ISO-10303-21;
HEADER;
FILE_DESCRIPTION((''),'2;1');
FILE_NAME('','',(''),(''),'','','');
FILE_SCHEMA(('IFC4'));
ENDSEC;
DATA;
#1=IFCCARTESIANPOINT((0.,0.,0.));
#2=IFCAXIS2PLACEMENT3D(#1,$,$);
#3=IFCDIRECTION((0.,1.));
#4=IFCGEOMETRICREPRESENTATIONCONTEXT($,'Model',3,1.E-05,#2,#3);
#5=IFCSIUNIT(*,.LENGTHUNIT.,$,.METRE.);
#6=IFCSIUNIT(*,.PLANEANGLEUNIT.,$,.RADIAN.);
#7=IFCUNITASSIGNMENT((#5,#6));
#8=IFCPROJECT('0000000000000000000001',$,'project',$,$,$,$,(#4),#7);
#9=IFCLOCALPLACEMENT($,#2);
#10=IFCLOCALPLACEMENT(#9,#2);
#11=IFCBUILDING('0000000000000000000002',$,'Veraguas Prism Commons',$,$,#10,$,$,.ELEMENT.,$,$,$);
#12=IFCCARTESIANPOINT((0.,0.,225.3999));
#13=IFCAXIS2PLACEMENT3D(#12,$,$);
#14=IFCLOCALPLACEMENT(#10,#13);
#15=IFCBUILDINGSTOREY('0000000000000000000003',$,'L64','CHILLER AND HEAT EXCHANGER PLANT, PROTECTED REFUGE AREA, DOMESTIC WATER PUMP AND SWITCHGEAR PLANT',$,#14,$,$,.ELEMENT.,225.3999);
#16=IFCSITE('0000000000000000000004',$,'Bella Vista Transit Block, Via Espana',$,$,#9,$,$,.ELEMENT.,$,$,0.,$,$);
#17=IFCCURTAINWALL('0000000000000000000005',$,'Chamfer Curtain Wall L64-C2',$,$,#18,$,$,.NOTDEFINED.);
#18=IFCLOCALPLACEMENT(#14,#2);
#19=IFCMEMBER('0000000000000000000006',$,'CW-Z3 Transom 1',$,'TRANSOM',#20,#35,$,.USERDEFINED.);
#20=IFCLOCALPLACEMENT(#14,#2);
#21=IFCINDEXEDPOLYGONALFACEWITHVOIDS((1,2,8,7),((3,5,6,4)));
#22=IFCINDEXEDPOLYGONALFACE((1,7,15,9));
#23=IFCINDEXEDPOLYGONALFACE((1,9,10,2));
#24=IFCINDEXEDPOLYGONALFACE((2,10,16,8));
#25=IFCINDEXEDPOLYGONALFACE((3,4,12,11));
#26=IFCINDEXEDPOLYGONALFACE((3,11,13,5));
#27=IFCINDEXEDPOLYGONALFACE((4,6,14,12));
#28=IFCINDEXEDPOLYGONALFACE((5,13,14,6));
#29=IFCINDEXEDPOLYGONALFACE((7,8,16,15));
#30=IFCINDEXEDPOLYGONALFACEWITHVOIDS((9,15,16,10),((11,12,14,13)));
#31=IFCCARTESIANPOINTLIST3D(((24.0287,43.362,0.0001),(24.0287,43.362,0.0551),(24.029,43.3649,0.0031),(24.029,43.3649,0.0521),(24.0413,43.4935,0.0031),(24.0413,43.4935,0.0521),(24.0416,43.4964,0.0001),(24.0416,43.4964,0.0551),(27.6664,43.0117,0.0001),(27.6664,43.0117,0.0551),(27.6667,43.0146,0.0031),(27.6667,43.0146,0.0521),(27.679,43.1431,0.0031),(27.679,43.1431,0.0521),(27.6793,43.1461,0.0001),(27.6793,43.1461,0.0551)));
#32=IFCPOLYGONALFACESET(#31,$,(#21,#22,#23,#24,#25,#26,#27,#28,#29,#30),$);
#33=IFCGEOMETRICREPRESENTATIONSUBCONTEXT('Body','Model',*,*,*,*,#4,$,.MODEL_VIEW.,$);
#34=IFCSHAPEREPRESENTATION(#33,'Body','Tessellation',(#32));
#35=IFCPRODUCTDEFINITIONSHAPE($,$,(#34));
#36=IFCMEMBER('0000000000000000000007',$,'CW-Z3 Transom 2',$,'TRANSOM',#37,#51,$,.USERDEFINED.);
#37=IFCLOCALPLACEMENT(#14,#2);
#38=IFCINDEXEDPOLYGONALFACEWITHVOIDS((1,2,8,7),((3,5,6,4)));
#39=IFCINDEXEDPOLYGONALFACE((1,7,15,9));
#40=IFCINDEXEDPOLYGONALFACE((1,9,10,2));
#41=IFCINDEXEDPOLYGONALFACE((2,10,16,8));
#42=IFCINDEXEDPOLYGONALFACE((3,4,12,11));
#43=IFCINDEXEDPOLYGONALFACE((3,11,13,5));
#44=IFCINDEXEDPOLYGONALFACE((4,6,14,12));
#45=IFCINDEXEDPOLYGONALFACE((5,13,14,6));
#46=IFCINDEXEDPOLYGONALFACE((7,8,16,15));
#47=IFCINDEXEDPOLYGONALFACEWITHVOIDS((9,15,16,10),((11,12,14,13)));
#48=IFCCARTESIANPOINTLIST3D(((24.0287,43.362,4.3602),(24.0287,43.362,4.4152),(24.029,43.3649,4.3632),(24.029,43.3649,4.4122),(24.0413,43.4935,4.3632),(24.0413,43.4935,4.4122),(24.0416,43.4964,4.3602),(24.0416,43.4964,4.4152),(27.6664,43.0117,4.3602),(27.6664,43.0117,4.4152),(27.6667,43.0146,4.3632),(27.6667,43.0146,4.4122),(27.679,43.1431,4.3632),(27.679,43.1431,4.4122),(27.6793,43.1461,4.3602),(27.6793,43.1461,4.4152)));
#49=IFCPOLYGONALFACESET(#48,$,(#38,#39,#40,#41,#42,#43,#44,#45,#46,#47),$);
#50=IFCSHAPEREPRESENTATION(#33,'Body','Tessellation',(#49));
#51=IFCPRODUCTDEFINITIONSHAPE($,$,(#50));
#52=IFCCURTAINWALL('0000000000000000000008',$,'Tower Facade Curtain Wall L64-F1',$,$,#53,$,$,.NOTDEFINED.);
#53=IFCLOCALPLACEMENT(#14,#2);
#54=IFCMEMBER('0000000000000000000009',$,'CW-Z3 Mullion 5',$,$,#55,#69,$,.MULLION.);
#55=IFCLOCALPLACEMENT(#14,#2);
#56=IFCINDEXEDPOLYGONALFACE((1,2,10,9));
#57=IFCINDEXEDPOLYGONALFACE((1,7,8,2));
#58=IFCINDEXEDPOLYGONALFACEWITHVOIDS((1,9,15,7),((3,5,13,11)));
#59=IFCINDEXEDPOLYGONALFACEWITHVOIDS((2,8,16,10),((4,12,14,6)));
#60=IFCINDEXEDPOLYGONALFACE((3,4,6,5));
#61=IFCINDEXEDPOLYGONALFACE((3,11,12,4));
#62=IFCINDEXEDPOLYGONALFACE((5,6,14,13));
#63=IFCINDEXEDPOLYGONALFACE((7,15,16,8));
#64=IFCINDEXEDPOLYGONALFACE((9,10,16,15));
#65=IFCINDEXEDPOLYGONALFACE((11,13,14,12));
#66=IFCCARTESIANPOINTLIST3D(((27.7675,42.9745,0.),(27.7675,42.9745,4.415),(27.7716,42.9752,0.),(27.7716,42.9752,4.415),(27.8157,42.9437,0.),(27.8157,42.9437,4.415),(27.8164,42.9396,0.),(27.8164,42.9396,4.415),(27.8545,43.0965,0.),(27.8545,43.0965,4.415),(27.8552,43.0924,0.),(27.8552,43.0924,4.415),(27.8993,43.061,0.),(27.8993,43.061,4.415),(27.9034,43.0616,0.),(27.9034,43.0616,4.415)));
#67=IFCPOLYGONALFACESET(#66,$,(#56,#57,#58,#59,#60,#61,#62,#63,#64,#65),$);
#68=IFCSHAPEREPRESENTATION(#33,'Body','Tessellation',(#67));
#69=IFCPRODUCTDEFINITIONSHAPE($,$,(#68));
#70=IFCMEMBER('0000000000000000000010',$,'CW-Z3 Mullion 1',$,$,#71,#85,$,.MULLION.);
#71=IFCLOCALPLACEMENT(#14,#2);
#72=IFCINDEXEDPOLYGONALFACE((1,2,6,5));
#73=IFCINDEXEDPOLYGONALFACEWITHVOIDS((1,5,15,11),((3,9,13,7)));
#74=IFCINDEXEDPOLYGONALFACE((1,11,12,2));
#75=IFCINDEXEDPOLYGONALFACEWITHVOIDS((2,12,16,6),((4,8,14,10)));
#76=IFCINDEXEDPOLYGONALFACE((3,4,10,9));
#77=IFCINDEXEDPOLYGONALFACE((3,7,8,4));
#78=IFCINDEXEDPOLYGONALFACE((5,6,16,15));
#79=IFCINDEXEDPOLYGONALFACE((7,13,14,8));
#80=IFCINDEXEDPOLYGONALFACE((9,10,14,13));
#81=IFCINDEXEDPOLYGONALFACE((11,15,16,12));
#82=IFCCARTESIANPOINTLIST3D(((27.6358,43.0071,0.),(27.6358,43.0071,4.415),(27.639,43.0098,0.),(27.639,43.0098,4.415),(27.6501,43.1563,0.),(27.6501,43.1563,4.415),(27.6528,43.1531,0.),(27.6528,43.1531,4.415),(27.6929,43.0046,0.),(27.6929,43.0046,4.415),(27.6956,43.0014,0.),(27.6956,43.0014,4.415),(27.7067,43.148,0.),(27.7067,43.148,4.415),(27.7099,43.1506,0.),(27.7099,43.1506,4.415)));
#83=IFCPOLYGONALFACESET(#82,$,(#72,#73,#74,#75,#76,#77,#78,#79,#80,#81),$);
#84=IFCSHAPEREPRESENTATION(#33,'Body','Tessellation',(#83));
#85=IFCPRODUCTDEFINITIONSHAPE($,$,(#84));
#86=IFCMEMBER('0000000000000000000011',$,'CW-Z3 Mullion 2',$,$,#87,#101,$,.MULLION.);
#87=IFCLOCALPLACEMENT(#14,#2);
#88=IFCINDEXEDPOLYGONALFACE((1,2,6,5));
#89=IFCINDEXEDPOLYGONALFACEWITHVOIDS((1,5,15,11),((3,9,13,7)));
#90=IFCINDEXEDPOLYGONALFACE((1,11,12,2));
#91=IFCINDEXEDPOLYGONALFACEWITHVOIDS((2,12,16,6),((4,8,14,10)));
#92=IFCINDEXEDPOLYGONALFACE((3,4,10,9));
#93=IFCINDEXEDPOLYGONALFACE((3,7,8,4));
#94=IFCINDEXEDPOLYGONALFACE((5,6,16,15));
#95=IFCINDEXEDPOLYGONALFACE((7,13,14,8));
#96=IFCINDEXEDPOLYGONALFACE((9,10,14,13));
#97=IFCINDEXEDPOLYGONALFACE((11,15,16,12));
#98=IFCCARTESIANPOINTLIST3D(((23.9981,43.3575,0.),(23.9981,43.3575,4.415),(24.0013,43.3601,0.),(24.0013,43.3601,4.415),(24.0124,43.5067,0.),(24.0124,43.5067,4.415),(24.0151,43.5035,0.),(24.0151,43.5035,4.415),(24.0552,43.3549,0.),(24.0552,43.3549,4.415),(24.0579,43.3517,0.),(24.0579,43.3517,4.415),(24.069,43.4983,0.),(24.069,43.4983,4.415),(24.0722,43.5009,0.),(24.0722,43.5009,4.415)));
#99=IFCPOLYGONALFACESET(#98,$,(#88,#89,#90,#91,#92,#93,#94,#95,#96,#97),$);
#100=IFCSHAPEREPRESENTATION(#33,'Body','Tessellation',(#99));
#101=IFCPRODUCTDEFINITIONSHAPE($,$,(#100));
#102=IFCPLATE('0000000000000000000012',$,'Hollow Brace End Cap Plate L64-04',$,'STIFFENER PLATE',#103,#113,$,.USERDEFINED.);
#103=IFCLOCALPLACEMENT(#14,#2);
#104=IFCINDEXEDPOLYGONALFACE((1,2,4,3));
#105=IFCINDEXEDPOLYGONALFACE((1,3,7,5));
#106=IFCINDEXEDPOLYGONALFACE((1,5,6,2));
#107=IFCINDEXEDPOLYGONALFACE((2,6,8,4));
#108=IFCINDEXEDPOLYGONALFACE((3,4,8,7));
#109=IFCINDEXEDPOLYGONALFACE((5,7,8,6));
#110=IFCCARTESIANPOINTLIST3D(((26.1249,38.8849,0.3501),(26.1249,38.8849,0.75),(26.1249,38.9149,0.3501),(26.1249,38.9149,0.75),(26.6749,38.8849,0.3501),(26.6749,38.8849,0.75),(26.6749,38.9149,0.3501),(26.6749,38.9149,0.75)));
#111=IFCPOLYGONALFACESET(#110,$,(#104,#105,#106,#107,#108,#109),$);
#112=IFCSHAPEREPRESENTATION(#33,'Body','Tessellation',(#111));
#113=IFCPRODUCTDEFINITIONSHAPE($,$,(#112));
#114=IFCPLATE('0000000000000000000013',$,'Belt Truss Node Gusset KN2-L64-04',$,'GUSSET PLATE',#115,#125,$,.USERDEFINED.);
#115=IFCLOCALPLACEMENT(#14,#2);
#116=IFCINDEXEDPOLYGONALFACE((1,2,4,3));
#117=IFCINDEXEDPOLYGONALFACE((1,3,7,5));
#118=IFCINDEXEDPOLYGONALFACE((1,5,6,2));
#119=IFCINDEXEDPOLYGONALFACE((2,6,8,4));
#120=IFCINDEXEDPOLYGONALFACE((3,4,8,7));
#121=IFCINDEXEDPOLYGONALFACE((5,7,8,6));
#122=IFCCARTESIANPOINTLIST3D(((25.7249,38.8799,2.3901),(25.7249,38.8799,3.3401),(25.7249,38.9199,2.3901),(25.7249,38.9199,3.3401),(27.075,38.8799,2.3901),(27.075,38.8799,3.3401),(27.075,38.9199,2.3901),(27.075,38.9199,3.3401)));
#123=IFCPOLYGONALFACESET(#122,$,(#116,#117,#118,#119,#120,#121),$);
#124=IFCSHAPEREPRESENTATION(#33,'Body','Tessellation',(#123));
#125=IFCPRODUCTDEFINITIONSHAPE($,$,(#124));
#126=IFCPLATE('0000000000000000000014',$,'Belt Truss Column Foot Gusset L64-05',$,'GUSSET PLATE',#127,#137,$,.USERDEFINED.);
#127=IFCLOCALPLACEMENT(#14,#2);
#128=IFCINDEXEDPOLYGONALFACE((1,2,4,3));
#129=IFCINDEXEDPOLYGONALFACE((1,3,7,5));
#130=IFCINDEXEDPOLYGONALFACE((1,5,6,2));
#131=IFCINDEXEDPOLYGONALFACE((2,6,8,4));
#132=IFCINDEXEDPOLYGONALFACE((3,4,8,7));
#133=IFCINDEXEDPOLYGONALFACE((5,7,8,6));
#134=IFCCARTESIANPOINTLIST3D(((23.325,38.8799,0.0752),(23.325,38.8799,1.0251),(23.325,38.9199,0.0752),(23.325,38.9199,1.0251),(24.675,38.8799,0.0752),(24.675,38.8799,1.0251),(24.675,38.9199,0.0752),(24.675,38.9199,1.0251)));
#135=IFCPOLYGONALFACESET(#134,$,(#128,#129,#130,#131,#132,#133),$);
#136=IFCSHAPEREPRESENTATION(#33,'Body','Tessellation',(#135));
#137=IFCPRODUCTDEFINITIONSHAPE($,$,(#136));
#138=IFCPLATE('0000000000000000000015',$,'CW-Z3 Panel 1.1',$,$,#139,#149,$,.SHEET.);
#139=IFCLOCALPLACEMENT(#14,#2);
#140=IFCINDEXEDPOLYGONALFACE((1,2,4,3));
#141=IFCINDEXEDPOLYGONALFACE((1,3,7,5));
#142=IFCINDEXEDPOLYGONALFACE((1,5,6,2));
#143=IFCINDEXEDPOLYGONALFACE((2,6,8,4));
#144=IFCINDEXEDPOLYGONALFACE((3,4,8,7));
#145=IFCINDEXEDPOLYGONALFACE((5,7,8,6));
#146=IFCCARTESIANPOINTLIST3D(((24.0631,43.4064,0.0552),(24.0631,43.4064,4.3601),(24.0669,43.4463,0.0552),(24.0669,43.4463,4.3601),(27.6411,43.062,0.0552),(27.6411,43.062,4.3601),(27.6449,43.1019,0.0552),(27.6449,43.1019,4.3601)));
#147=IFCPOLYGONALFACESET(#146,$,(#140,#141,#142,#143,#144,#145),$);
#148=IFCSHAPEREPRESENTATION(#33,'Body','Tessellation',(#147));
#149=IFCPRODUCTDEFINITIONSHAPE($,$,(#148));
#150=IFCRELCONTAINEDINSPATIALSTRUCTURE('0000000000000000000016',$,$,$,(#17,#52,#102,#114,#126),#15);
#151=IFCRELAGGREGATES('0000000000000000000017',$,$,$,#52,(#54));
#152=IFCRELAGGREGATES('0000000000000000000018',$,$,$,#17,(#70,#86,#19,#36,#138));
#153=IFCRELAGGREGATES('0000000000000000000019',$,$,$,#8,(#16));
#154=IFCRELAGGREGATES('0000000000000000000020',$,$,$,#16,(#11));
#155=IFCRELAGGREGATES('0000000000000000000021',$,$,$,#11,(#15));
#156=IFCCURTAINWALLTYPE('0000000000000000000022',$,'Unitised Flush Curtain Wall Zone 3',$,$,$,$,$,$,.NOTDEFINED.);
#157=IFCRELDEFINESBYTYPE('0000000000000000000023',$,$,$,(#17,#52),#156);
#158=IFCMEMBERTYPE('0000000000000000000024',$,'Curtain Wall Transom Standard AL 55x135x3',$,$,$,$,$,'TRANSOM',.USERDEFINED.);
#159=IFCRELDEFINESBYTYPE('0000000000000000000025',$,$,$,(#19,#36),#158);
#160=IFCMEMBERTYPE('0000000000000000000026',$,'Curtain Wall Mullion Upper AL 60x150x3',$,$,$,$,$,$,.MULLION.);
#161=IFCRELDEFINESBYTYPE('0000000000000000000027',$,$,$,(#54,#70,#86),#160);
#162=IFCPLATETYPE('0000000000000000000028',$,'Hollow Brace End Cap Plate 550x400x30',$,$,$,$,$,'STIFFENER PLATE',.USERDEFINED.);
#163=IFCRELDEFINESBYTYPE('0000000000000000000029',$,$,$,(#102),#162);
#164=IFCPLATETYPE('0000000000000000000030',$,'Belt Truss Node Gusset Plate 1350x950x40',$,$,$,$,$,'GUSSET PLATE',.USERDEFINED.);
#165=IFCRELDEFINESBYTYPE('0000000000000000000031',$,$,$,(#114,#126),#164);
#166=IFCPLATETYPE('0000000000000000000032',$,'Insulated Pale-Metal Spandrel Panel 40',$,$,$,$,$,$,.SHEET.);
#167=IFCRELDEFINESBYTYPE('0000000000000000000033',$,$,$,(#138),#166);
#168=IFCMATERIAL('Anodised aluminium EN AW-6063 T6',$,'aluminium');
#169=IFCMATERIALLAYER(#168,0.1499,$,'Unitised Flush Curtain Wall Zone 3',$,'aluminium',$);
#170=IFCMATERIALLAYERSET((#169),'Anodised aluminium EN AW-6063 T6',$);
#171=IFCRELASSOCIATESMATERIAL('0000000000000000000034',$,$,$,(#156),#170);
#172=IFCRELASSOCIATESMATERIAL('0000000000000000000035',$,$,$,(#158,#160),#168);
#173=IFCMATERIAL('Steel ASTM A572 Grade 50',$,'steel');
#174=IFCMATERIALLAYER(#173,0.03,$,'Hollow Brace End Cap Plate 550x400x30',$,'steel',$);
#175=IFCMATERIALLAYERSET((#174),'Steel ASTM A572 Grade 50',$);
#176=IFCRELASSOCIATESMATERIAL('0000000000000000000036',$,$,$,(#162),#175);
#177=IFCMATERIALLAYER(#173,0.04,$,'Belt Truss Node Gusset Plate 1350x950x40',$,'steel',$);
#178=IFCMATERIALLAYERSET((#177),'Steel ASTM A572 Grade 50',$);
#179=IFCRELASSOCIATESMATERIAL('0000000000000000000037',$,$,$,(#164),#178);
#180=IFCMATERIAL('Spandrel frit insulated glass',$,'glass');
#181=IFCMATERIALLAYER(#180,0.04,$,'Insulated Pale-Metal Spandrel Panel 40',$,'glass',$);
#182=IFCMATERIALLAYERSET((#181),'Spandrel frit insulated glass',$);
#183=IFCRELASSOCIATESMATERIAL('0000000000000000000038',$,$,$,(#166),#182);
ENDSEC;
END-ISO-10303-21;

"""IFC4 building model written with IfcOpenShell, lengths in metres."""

from ifc_helpers import new_model, si_unit, direction, frame, origin, origin_2d, place, context, subcontext, project, spatial, rectangle, hollow_rectangle, extrude, source, transform, mapped, material, layer, layer_set, material_profile, profile_set, type_object, element, aggregate, save


model = new_model("IFC4")

# Units and contexts
model_context = context("Model", 3, precision=1e-05, world=origin(), true_north=direction((0.0, 1.0)))
body_context = subcontext(model_context, "Body", "Model", "MODEL_VIEW")
ifc_project = project(units=[si_unit("LENGTHUNIT", "METRE"), si_unit("PLANEANGLEUNIT", "RADIAN")], contexts=[model_context])

# Site, building, storey
site_placement = place(None, origin())
site = spatial("IfcSite", under=ifc_project, at=site_placement, Name="Bella Vista Transit Block, Via Espana", CompositionType="ELEMENT", RefElevation=0.0)
building_placement = place(site_placement, origin())
building = spatial("IfcBuilding", under=site, at=building_placement, Name="Veraguas Prism Commons", CompositionType="ELEMENT")
storey_placement = place(building_placement, frame((0.0, 0.0, 225.3999)))
storey = spatial("IfcBuildingStorey", under=building, at=storey_placement, Name="L64", Description="CHILLER AND HEAT EXCHANGER PLANT, PROTECTED REFUGE AREA, DOMESTIC WATER PUMP AND SWITCHGEAR PLANT", CompositionType="ELEMENT", Elevation=225.3999)

# Curtain wall, members
ifc_material_1 = material(Name="Anodised aluminium EN AW-6063 T6", Category="aluminium")
ifc_layer_1 = layer(ifc_material_1, 0.1499, Name="Unitised Flush Curtain Wall Zone 3", Category="aluminium")
ifc_layer_set_1 = layer_set([ifc_layer_1], Name="Anodised aluminium EN AW-6063 T6")
curtain_wall_type = type_object("IfcCurtainWallType", Name="Unitised Flush Curtain Wall Zone 3", PredefinedType="NOTDEFINED", material=ifc_layer_set_1)
curtain_wall_1_placement = place(storey_placement, origin())
curtain_wall_1 = element("IfcCurtainWall", 1, at=curtain_wall_1_placement, inside=storey, type_object=curtain_wall_type, Name="Chamfer Curtain Wall L64-C2", PredefinedType="NOTDEFINED")
ifc_material_profile_1 = material_profile(ifc_material_1, hollow_rectangle(XDim=0.0549, YDim=0.135, WallThickness=0.0029, at=origin_2d()), Name="AL55X135X3")
ifc_profile_set_1 = profile_set([ifc_material_profile_1], Name="Anodised aluminium EN AW-6063 T6")
member_type_1 = type_object("IfcMemberType", Name="Curtain Wall Transom Standard AL 55x135x3", ElementType="TRANSOM", PredefinedType="USERDEFINED", material=ifc_profile_set_1)
shared_shape_1 = source(origin(), body_context, "Body", "SweptSolid", [
    extrude(hollow_rectangle(XDim=0.0549, YDim=0.135, WallThickness=0.0029, at=origin_2d()), origin(), (0.0, 0.0, 1.0), 3.6545),
])
member_1_placement = place(storey_placement, frame((27.6729, 43.0789, 0.0276), z_axis=(-0.995394, 0.095865, 0.0), x_axis=(0.0, 0.0, 1.0)))
member_1 = element("IfcMember", 2, at=member_1_placement, type_object=member_type_1, Name="CW-Z3 Transom 1", ObjectType="TRANSOM", PredefinedType="USERDEFINED", context=body_context, shape_type="MappedRepresentation", body=[
    mapped(shared_shape_1, transform((0.0, 0.0, 0.0), scale=1.0)),
])
member_2_placement = place(storey_placement, frame((27.6729, 43.0789, 4.3877), z_axis=(-0.995394, 0.095865, 0.0), x_axis=(0.0, 0.0, 1.0)))
member_2 = element("IfcMember", 3, at=member_2_placement, type_object=member_type_1, Name="CW-Z3 Transom 2", ObjectType="TRANSOM", PredefinedType="USERDEFINED", context=body_context, shape_type="MappedRepresentation", body=[
    mapped(shared_shape_1, transform((0.0, 0.0, 0.0), scale=1.0)),
])

# Curtain wall, member
curtain_wall_2_placement = place(storey_placement, origin())
curtain_wall_2 = element("IfcCurtainWall", 4, at=curtain_wall_2_placement, inside=storey, type_object=curtain_wall_type, Name="Tower Facade Curtain Wall L64-F1", PredefinedType="NOTDEFINED")
ifc_material_profile_2 = material_profile(ifc_material_1, hollow_rectangle(XDim=0.0601, YDim=0.1499, WallThickness=0.0029, at=origin_2d()), Name="AL60X150X3")
ifc_profile_set_2 = profile_set([ifc_material_profile_2], Name="Anodised aluminium EN AW-6063 T6")
member_type_2 = type_object("IfcMemberType", Name="Curtain Wall Mullion Upper AL 60x150x3", PredefinedType="MULLION", material=ifc_profile_set_2)
shared_shape_2 = source(origin(), body_context, "Body", "SweptSolid", [
    extrude(hollow_rectangle(XDim=0.0601, YDim=0.1499, WallThickness=0.0029, at=origin_2d()), origin(), (0.0, 0.0, 1.0), 4.415),
])
member_3_placement = place(storey_placement, frame((27.8354, 43.0181, 0.0), z_axis=(0.0, 0.0, 1.0), x_axis=(-0.814113, 0.580706, 0.0)))
member_3 = element("IfcMember", 5, at=member_3_placement, type_object=member_type_2, Name="CW-Z3 Mullion 5", PredefinedType="MULLION", context=body_context, shape_type="MappedRepresentation", body=[
    mapped(shared_shape_2, transform((0.0, 0.0, 0.0), scale=1.0)),
])
aggregate(curtain_wall_2, [member_3])

# Members
member_4_placement = place(storey_placement, frame((27.6729, 43.0789, 0.0), z_axis=(0.0, 0.0, 1.0), x_axis=(-0.995399, 0.095816, 0.0)))
member_4 = element("IfcMember", 6, at=member_4_placement, type_object=member_type_2, Name="CW-Z3 Mullion 1", PredefinedType="MULLION", context=body_context, shape_type="MappedRepresentation", body=[
    mapped(shared_shape_2, transform((0.0, 0.0, 0.0), scale=1.0)),
])
member_5_placement = place(storey_placement, frame((24.0352, 43.4292, 0.0), z_axis=(0.0, 0.0, 1.0), x_axis=(-0.995399, 0.095816, 0.0)))
member_5 = element("IfcMember", 7, at=member_5_placement, type_object=member_type_2, Name="CW-Z3 Mullion 2", PredefinedType="MULLION", context=body_context, shape_type="MappedRepresentation", body=[
    mapped(shared_shape_2, transform((0.0, 0.0, 0.0), scale=1.0)),
])

# Plates
ifc_material_2 = material(Name="Steel ASTM A572 Grade 50", Category="steel")
ifc_layer_2 = layer(ifc_material_2, 0.03, Name="Hollow Brace End Cap Plate 550x400x30", Category="steel")
ifc_layer_set_2 = layer_set([ifc_layer_2], Name="Steel ASTM A572 Grade 50")
plate_type_1 = type_object("IfcPlateType", Name="Hollow Brace End Cap Plate 550x400x30", ElementType="STIFFENER PLATE", PredefinedType="USERDEFINED", material=ifc_layer_set_2)
shared_shape_3 = source(origin(), body_context, "Body", "SweptSolid", [
    extrude(rectangle(XDim=0.55, YDim=0.03, at=origin_2d()), origin(), (0.0, 0.0, 1.0), 0.3999),
])
plate_1_placement = place(storey_placement, frame((26.3999, 38.8999, 0.3501), z_axis=(0.0, 0.0, 1.0), x_axis=(-1.0, 0.0, 0.0)))
element("IfcPlate", 8, at=plate_1_placement, inside=storey, type_object=plate_type_1, Name="Hollow Brace End Cap Plate L64-04", ObjectType="STIFFENER PLATE", PredefinedType="USERDEFINED", context=body_context, shape_type="MappedRepresentation", body=[
    mapped(shared_shape_3, transform((0.0, 0.0, 0.0), scale=1.0)),
])
ifc_layer_3 = layer(ifc_material_2, 0.04, Name="Belt Truss Node Gusset Plate 1350x950x40", Category="steel")
ifc_layer_set_3 = layer_set([ifc_layer_3], Name="Steel ASTM A572 Grade 50")
plate_type_2 = type_object("IfcPlateType", Name="Belt Truss Node Gusset Plate 1350x950x40", ElementType="GUSSET PLATE", PredefinedType="USERDEFINED", material=ifc_layer_set_3)
shared_shape_4 = source(origin(), body_context, "Body", "SweptSolid", [
    extrude(rectangle(XDim=1.3501, YDim=0.04, at=origin_2d()), origin(), (0.0, 0.0, 1.0), 0.95),
])
for number, where, z_axis, x_axis, name in (
    (9, (26.3999, 38.8999, 2.3901), (0.0, 0.0, 1.0), (-1.0, 0.0, 0.0), "Belt Truss Node Gusset KN2-L64-04"),
    (10, (24.0, 38.8999, 0.0752), (0.0, 0.0, 1.0), (-1.0, 0.0, 0.0), "Belt Truss Column Foot Gusset L64-05"),
):
    element("IfcPlate", number, at=place(storey_placement, frame(where, z_axis=z_axis, x_axis=x_axis)), inside=storey, type_object=plate_type_2, Name=name, ObjectType="GUSSET PLATE", PredefinedType="USERDEFINED", context=body_context, shape_type="MappedRepresentation", body=[
        mapped(shared_shape_4, transform((0.0, 0.0, 0.0), scale=1.0)),
    ])

# Plate
ifc_material_3 = material(Name="Spandrel frit insulated glass", Category="glass")
ifc_layer_4 = layer(ifc_material_3, 0.04, Name="Insulated Pale-Metal Spandrel Panel 40", Category="glass")
ifc_layer_set_4 = layer_set([ifc_layer_4], Name="Spandrel frit insulated glass")
plate_type_3 = type_object("IfcPlateType", Name="Insulated Pale-Metal Spandrel Panel 40", PredefinedType="SHEET", material=ifc_layer_set_4)
shared_shape_5 = source(origin(), body_context, "Body", "SweptSolid", [
    extrude(rectangle(XDim=3.5945, YDim=0.04, at=origin_2d()), origin(), (0.0, 0.0, 1.0), 4.3049),
])
plate_2_placement = place(storey_placement, frame((25.854, 43.2542, 0.0552), z_axis=(0.0, 0.0, 1.0), x_axis=(-0.995399, 0.095816, 0.0)))
plate_2 = element("IfcPlate", 11, at=plate_2_placement, type_object=plate_type_3, Name="CW-Z3 Panel 1.1", PredefinedType="SHEET", context=body_context, shape_type="MappedRepresentation", body=[
    mapped(shared_shape_5, transform((0.0, 0.0, 0.0), scale=1.0)),
])
aggregate(curtain_wall_1, [member_4, member_5, member_1, member_2, plate_2])

save(model, "model.ifc")
